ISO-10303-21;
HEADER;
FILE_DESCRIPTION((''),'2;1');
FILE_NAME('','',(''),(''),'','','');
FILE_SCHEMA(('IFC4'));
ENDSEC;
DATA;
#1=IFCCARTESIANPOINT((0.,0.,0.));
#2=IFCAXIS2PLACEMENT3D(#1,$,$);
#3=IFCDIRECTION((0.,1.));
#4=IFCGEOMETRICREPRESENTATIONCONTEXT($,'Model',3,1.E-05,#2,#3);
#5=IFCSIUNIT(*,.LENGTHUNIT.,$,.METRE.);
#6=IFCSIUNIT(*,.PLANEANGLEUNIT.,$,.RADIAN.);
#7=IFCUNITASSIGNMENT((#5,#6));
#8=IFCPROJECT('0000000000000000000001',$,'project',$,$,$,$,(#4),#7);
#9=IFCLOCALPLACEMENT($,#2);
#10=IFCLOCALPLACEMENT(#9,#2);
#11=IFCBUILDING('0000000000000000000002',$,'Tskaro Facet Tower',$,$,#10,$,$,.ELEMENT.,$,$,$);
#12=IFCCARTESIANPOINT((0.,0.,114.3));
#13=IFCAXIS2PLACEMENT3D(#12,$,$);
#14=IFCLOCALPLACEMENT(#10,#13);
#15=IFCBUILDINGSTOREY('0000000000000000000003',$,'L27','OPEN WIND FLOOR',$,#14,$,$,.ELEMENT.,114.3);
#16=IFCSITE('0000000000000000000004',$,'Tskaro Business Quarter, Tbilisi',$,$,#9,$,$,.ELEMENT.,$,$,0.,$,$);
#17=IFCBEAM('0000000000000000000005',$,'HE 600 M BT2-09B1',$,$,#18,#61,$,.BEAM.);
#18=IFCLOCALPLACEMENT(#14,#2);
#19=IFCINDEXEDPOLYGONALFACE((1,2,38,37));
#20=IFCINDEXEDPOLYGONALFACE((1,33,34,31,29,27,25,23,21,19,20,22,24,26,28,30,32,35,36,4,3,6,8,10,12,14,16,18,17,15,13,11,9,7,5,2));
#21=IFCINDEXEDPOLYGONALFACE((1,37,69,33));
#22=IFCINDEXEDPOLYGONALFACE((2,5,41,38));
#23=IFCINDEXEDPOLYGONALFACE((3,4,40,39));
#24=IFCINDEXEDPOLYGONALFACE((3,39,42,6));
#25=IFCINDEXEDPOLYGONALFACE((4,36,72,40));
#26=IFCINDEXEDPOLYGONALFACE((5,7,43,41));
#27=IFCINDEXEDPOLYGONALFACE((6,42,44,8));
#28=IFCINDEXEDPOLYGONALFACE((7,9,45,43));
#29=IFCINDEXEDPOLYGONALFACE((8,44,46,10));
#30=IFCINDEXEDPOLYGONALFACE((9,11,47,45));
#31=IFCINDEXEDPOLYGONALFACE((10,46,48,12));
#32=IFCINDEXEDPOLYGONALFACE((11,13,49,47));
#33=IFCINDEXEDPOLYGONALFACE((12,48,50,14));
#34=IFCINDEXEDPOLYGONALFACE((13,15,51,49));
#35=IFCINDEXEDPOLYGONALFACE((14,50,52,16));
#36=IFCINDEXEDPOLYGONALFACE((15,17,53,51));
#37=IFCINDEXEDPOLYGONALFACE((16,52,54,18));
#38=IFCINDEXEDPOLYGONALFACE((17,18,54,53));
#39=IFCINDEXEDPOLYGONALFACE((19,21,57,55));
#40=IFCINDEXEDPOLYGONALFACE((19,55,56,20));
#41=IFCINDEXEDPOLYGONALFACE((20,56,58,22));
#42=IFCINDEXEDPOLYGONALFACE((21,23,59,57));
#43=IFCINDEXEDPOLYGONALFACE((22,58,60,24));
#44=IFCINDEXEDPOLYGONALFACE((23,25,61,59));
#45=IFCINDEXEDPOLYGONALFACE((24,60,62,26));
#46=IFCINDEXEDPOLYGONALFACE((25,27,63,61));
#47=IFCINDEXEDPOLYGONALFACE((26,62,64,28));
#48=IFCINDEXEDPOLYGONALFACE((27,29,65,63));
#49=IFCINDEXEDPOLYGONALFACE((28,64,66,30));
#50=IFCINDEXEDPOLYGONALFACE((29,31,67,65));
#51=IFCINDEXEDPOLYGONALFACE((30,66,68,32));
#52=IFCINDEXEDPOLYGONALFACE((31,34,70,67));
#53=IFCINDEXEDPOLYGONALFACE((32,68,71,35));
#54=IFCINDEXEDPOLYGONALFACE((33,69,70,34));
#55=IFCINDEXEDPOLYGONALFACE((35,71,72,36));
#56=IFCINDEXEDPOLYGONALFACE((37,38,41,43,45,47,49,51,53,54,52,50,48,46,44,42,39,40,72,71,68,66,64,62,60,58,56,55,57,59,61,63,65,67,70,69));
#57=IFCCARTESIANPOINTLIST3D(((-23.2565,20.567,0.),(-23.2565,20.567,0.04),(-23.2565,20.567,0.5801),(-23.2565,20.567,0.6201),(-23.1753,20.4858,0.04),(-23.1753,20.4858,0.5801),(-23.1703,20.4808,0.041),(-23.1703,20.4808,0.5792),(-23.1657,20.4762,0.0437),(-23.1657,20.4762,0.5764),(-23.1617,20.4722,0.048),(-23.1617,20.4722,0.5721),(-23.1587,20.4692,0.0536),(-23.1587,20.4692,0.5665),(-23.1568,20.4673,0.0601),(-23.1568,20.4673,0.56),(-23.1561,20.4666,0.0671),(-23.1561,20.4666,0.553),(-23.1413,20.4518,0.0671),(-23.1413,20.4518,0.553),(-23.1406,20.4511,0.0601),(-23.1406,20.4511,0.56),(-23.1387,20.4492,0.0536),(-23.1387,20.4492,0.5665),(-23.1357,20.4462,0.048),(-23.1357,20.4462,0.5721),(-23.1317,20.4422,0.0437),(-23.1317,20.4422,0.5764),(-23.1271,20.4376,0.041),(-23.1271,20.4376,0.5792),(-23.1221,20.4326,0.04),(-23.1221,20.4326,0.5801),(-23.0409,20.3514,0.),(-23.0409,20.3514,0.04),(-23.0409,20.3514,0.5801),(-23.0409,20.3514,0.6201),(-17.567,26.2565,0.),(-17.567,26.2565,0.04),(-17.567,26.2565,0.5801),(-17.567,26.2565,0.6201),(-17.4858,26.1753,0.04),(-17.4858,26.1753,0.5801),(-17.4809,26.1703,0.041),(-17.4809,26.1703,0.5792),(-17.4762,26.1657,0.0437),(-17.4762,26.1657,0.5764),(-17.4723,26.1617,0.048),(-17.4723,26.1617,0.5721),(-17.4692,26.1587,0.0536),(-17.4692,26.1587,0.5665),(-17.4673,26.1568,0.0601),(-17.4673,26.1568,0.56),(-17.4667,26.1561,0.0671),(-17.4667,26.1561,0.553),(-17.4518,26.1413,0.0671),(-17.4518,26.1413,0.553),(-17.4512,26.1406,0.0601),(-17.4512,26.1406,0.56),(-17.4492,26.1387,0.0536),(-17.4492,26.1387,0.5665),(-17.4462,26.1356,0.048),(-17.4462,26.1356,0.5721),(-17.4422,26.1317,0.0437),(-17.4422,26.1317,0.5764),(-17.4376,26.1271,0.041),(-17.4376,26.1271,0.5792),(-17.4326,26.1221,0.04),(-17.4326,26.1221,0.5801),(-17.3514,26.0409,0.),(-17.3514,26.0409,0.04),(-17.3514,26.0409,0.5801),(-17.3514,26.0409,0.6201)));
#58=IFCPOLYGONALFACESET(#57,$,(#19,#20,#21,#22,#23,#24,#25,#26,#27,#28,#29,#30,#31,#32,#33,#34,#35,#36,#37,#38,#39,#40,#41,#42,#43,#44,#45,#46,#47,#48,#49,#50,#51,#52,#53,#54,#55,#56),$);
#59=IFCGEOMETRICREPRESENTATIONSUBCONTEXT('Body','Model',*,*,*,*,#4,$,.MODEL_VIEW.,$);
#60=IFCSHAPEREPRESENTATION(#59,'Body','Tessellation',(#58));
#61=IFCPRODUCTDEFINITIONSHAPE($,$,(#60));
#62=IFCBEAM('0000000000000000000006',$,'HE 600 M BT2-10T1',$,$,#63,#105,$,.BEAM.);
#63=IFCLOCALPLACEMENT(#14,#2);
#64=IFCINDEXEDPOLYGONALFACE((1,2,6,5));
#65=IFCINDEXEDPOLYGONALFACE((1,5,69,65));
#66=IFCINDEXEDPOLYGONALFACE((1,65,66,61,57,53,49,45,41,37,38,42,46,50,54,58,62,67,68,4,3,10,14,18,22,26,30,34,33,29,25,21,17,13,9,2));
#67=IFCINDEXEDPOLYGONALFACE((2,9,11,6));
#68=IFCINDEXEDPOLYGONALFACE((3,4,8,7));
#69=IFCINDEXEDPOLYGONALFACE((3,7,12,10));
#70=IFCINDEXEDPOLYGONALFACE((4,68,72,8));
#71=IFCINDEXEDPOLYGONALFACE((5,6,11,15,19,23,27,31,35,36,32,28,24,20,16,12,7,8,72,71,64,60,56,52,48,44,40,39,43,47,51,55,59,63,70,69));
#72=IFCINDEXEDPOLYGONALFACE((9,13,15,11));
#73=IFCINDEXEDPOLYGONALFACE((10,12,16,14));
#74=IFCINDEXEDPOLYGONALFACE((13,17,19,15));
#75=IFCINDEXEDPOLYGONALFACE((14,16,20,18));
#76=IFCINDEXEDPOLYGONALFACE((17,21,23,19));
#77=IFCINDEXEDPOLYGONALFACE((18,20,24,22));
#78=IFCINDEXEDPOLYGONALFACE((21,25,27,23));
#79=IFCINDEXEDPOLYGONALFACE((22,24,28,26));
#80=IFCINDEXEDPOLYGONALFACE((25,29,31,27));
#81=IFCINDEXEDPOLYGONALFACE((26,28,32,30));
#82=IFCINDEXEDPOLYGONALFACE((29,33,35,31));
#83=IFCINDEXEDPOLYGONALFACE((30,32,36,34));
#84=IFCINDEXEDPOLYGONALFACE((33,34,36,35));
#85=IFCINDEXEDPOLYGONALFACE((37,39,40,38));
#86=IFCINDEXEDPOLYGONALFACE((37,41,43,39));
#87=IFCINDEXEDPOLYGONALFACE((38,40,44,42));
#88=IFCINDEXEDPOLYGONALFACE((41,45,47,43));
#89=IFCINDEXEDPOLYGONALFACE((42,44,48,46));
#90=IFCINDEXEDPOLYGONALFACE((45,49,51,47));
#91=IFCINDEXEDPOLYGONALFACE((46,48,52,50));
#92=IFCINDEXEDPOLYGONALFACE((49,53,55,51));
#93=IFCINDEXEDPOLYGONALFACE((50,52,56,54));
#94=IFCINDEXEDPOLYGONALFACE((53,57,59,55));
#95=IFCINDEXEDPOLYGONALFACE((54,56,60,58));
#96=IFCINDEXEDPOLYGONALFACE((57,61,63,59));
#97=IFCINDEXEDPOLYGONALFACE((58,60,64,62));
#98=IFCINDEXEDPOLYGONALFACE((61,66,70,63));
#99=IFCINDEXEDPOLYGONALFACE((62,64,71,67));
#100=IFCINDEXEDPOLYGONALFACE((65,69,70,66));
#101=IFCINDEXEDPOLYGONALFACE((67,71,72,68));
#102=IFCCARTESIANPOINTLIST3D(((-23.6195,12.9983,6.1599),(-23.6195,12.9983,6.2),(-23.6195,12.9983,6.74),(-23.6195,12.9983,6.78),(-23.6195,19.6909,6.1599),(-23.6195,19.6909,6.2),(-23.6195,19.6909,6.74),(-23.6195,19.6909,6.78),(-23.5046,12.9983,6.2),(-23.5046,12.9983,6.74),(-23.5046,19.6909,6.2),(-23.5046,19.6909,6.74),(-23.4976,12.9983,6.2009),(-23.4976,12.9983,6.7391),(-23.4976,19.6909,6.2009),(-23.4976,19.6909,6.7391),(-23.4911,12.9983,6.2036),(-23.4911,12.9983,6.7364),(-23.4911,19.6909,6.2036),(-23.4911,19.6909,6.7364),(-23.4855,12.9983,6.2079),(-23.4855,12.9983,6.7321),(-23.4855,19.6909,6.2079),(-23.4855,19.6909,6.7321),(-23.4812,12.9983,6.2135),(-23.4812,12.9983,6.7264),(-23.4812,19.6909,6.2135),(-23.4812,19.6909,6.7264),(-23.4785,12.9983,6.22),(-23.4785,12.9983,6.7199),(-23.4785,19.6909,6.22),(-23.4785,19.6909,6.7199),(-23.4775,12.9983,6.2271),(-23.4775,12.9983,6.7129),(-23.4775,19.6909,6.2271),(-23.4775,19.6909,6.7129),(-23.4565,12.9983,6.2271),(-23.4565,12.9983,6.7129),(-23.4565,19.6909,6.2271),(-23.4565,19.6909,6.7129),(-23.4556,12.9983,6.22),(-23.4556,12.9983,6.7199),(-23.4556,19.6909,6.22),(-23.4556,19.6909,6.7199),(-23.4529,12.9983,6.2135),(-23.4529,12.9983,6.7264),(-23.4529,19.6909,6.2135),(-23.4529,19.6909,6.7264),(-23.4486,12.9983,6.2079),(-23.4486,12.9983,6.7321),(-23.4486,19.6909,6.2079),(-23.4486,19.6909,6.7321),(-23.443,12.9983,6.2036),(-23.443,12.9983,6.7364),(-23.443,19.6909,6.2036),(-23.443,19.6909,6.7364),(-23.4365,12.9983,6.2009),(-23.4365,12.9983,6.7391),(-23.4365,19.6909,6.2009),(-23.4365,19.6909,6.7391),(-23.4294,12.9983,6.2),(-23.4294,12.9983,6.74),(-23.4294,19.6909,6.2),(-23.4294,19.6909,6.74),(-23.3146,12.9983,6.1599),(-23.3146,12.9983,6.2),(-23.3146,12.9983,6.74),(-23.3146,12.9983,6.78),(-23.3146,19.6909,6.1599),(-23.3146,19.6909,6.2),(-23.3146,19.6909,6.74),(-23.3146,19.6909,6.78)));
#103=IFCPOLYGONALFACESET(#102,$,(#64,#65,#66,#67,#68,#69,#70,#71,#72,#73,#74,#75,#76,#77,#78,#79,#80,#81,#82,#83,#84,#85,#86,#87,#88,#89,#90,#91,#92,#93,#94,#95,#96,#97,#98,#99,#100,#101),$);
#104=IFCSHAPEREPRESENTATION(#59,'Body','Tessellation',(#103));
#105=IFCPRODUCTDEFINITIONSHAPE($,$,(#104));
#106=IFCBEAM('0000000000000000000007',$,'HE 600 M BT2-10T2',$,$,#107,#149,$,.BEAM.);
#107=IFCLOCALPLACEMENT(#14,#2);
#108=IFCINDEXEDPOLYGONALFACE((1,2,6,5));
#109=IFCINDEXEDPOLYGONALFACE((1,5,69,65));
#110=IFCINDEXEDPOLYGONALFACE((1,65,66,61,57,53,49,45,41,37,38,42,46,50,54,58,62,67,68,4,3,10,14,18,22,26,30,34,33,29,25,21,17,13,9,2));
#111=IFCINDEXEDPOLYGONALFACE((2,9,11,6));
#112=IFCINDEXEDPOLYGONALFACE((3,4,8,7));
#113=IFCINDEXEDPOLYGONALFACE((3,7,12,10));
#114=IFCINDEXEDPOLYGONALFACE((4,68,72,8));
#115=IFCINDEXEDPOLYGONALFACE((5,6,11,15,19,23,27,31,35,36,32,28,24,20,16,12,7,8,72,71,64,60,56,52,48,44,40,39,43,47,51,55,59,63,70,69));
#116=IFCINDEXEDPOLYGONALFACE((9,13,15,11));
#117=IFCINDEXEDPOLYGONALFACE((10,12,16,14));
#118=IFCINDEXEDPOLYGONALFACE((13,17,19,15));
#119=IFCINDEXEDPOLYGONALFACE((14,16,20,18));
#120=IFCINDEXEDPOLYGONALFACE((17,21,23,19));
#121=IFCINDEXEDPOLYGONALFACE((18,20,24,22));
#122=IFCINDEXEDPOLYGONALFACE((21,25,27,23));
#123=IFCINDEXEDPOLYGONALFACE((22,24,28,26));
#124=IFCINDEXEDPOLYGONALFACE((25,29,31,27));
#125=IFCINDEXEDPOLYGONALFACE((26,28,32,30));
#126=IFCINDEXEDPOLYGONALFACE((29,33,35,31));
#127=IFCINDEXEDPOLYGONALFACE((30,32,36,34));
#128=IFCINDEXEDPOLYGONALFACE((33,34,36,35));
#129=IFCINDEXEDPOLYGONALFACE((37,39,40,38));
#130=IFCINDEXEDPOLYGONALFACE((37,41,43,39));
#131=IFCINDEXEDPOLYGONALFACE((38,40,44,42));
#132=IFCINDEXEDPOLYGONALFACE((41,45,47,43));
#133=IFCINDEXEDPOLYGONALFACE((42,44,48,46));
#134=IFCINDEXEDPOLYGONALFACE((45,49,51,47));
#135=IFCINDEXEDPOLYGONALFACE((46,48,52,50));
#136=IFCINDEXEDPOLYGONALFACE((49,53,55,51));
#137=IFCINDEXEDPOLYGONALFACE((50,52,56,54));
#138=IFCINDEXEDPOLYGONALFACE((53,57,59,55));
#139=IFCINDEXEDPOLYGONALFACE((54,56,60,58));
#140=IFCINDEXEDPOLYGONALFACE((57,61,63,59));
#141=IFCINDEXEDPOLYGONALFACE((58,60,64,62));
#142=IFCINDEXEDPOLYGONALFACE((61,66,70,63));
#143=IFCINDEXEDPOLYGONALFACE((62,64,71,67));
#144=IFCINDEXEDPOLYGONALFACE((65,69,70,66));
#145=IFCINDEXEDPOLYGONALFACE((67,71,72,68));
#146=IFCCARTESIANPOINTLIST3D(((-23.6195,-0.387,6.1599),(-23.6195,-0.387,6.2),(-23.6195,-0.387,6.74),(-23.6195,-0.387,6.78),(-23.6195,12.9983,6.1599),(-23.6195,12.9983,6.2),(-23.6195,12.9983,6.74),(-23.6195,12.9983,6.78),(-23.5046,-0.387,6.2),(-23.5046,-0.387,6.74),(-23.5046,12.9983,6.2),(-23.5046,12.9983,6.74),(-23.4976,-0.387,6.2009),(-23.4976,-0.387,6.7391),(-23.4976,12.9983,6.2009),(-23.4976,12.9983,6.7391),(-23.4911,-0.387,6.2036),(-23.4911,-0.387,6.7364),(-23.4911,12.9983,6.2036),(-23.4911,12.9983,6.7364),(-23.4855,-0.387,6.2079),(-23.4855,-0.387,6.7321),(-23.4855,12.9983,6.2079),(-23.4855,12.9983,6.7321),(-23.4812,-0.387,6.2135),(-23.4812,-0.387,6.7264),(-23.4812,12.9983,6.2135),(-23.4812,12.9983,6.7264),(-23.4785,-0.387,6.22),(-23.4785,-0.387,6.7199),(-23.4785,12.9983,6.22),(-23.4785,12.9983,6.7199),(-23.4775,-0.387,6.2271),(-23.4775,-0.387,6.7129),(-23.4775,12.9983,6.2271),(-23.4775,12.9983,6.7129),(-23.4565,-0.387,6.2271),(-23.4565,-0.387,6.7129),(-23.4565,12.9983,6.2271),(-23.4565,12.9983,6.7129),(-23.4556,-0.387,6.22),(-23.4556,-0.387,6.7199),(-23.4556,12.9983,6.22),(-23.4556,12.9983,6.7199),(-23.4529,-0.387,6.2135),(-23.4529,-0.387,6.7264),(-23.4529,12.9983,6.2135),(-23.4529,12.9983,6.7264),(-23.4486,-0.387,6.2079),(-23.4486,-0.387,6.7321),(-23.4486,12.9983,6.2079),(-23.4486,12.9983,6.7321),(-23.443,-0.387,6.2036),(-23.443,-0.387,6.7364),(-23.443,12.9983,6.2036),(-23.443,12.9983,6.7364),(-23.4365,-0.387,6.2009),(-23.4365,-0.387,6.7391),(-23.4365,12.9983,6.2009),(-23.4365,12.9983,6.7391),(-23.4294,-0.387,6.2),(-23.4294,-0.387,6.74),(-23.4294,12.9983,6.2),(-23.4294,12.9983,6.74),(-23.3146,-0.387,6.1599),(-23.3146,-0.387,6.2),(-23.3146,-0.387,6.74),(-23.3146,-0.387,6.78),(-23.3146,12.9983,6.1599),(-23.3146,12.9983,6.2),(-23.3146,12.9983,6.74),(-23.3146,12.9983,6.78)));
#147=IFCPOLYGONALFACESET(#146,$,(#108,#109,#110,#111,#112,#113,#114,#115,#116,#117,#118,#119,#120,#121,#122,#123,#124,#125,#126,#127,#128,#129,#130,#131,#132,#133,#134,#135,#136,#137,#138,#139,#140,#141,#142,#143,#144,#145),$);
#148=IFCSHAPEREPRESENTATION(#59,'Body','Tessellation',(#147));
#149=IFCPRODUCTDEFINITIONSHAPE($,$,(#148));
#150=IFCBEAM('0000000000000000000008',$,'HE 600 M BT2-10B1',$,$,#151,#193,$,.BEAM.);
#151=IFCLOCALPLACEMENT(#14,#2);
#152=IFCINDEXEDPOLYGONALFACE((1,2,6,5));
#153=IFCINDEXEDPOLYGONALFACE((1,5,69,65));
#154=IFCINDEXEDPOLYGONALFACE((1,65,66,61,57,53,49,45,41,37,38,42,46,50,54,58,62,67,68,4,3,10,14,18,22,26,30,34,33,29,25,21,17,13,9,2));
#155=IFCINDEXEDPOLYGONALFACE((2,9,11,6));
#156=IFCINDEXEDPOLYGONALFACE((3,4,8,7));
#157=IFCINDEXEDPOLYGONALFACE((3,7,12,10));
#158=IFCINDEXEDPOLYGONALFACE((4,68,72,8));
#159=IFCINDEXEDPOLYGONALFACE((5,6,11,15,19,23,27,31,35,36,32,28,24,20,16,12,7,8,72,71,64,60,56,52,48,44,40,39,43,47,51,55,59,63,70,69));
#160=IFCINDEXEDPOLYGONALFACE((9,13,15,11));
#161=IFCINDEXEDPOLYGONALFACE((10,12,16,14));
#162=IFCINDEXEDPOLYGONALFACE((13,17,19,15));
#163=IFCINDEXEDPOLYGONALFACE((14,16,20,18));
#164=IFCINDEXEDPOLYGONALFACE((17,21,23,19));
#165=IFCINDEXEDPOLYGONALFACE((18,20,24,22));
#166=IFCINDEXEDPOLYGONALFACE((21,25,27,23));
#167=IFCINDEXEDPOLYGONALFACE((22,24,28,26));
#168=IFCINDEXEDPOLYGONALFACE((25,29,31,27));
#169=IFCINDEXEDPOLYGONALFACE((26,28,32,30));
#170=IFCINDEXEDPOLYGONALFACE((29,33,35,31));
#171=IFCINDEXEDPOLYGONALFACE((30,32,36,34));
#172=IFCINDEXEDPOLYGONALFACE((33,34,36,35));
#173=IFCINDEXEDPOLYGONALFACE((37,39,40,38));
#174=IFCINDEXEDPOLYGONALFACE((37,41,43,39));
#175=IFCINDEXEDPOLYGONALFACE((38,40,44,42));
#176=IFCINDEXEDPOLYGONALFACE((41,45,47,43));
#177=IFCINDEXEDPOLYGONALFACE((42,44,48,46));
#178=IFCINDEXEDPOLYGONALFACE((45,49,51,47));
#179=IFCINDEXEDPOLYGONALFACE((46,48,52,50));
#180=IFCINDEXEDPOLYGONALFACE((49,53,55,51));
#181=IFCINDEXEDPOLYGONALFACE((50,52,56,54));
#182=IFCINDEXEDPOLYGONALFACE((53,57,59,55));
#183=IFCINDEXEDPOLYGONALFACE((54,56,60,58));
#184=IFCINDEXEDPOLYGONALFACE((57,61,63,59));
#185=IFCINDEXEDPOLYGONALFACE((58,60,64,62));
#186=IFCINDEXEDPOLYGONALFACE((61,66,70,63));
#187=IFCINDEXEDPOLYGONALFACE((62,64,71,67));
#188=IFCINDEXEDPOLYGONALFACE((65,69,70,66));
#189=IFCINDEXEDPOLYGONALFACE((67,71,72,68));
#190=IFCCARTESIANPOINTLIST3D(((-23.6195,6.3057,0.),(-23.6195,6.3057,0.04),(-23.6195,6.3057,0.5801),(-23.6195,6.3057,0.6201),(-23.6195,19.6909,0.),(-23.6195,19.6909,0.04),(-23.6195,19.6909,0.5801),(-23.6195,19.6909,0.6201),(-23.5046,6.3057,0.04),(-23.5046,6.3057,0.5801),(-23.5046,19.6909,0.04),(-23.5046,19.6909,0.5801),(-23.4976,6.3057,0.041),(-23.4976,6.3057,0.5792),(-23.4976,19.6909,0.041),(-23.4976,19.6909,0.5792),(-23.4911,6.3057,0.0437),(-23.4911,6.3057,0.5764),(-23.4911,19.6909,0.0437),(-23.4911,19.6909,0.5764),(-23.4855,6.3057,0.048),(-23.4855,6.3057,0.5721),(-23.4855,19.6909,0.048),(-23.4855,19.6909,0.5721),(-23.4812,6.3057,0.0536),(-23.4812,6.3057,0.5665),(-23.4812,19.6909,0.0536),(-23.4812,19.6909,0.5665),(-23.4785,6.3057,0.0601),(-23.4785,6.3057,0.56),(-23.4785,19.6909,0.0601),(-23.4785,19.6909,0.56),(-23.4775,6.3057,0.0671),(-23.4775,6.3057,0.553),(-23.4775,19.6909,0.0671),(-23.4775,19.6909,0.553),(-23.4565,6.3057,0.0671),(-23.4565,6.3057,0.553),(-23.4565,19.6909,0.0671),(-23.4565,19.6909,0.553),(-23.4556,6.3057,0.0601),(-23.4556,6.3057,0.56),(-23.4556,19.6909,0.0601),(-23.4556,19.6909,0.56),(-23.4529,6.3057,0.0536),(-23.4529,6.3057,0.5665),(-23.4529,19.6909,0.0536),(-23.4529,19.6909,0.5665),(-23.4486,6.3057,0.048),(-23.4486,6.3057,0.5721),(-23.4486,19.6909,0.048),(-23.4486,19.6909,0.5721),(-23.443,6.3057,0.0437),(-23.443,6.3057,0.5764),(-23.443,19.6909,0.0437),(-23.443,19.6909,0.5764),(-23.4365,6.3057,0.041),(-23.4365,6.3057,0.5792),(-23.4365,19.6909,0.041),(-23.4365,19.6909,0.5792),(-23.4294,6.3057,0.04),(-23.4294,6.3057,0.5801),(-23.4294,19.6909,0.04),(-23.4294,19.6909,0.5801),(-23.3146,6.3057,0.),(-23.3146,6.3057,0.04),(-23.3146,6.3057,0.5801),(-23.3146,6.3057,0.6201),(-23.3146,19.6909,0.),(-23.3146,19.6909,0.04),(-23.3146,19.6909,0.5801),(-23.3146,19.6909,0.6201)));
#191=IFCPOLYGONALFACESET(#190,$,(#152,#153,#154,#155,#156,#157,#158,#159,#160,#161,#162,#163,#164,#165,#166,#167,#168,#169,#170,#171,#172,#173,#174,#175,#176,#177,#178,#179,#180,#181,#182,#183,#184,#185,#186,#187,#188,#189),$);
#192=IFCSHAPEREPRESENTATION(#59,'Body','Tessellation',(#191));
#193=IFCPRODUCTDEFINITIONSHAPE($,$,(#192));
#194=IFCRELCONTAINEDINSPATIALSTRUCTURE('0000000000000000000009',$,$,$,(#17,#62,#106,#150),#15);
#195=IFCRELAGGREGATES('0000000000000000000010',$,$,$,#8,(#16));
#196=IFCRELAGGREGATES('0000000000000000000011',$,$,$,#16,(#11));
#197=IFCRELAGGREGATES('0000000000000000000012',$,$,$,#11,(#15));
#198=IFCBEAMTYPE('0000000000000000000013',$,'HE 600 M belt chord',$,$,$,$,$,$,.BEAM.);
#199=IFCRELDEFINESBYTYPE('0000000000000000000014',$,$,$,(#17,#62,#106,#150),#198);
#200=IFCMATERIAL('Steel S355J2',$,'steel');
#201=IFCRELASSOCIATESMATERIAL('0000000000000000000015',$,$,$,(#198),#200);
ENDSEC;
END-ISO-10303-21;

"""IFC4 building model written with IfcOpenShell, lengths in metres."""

from ifc_helpers import new_model, si_unit, direction, frame, origin, origin_2d, place, context, subcontext, project, spatial, i_section, extrude, material, material_profile, profile_set, type_object, element, save


model = new_model("IFC4")

# Units and contexts
model_context = context("Model", 3, precision=1e-05, world=origin(), true_north=direction((0.0, 1.0)))
body_context = subcontext(model_context, "Body", "Model", "MODEL_VIEW")
ifc_project = project(units=[si_unit("LENGTHUNIT", "METRE"), si_unit("PLANEANGLEUNIT", "RADIAN")], contexts=[model_context])

# Site, building, storey
site_placement = place(None, origin())
site = spatial("IfcSite", under=ifc_project, at=site_placement, Name="Tskaro Business Quarter, Tbilisi", CompositionType="ELEMENT", RefElevation=0.0)
building_placement = place(site_placement, origin())
building = spatial("IfcBuilding", under=site, at=building_placement, Name="Tskaro Facet Tower", CompositionType="ELEMENT")
storey_placement = place(building_placement, frame((0.0, 0.0, 114.3)))
storey = spatial("IfcBuildingStorey", under=building, at=storey_placement, Name="L27", Description="OPEN WIND FLOOR", CompositionType="ELEMENT", Elevation=114.3)

# Shared definitions
ifc_material_1 = material(Name="Steel S355J2", Category="steel")

# Beams
ifc_material_profile_1 = material_profile(ifc_material_1, i_section(OverallWidth=0.3049, OverallDepth=0.6201, WebThickness=0.021, FlangeThickness=0.04, FilletRadius=0.0271, at=origin_2d()), Name="HE 600 M")
ifc_profile_set_1 = profile_set([ifc_material_profile_1], Name="Steel S355J2")
beam_type_1 = type_object("IfcBeamType", Name="HE 600 M belt chord", PredefinedType="BEAM", material=ifc_profile_set_1)
for number, where, z_axis, x_axis, name in (
    (1, (-17.4592, 26.1487, 0.3101), (-0.707107, -0.707107, 0.0), (0.707107, -0.707107, 0.0), "HE 600 M BT2-09B1"),
):
    element("IfcBeam", number, at=place(storey_placement, frame(where, z_axis=z_axis, x_axis=x_axis)), inside=storey, type_object=beam_type_1, Name=name, PredefinedType="BEAM", context=body_context, shape_type="SweptSolid", body=[
        extrude(i_section(OverallWidth=0.3049, OverallDepth=0.6201, WebThickness=0.021, FlangeThickness=0.04, FilletRadius=0.0271, at=origin_2d()), origin(), (0.0, 0.0, 1.0), 8.0461),
    ])
beam_1_placement = place(storey_placement, frame((-23.467, 19.6909, 6.47), z_axis=(0.0, -1.0, 0.0), x_axis=(1.0, 0.0, 0.0)))
element("IfcBeam", 2, at=beam_1_placement, inside=storey, type_object=beam_type_1, Name="HE 600 M BT2-10T1", PredefinedType="BEAM", context=body_context, shape_type="SweptSolid", body=[
    extrude(i_section(OverallWidth=0.3049, OverallDepth=0.6201, WebThickness=0.021, FlangeThickness=0.04, FilletRadius=0.0271, at=origin_2d()), origin(), (0.0, 0.0, 1.0), 6.6926),
])
for number, where, z_axis, x_axis, name in (
    (3, (-23.467, 12.9983, 6.47), (0.0, -1.0, 0.0), (1.0, 0.0, 0.0), "HE 600 M BT2-10T2"),
    (4, (-23.467, 19.6909, 0.3101), (0.0, -1.0, 0.0), (1.0, 0.0, 0.0), "HE 600 M BT2-10B1"),
):
    element("IfcBeam", number, at=place(storey_placement, frame(where, z_axis=z_axis, x_axis=x_axis)), inside=storey, type_object=beam_type_1, Name=name, PredefinedType="BEAM", context=body_context, shape_type="SweptSolid", body=[
        extrude(i_section(OverallWidth=0.3049, OverallDepth=0.6201, WebThickness=0.021, FlangeThickness=0.04, FilletRadius=0.0271, at=origin_2d()), origin(), (0.0, 0.0, 1.0), 13.3853),
    ])

save(model, "model.ifc")
